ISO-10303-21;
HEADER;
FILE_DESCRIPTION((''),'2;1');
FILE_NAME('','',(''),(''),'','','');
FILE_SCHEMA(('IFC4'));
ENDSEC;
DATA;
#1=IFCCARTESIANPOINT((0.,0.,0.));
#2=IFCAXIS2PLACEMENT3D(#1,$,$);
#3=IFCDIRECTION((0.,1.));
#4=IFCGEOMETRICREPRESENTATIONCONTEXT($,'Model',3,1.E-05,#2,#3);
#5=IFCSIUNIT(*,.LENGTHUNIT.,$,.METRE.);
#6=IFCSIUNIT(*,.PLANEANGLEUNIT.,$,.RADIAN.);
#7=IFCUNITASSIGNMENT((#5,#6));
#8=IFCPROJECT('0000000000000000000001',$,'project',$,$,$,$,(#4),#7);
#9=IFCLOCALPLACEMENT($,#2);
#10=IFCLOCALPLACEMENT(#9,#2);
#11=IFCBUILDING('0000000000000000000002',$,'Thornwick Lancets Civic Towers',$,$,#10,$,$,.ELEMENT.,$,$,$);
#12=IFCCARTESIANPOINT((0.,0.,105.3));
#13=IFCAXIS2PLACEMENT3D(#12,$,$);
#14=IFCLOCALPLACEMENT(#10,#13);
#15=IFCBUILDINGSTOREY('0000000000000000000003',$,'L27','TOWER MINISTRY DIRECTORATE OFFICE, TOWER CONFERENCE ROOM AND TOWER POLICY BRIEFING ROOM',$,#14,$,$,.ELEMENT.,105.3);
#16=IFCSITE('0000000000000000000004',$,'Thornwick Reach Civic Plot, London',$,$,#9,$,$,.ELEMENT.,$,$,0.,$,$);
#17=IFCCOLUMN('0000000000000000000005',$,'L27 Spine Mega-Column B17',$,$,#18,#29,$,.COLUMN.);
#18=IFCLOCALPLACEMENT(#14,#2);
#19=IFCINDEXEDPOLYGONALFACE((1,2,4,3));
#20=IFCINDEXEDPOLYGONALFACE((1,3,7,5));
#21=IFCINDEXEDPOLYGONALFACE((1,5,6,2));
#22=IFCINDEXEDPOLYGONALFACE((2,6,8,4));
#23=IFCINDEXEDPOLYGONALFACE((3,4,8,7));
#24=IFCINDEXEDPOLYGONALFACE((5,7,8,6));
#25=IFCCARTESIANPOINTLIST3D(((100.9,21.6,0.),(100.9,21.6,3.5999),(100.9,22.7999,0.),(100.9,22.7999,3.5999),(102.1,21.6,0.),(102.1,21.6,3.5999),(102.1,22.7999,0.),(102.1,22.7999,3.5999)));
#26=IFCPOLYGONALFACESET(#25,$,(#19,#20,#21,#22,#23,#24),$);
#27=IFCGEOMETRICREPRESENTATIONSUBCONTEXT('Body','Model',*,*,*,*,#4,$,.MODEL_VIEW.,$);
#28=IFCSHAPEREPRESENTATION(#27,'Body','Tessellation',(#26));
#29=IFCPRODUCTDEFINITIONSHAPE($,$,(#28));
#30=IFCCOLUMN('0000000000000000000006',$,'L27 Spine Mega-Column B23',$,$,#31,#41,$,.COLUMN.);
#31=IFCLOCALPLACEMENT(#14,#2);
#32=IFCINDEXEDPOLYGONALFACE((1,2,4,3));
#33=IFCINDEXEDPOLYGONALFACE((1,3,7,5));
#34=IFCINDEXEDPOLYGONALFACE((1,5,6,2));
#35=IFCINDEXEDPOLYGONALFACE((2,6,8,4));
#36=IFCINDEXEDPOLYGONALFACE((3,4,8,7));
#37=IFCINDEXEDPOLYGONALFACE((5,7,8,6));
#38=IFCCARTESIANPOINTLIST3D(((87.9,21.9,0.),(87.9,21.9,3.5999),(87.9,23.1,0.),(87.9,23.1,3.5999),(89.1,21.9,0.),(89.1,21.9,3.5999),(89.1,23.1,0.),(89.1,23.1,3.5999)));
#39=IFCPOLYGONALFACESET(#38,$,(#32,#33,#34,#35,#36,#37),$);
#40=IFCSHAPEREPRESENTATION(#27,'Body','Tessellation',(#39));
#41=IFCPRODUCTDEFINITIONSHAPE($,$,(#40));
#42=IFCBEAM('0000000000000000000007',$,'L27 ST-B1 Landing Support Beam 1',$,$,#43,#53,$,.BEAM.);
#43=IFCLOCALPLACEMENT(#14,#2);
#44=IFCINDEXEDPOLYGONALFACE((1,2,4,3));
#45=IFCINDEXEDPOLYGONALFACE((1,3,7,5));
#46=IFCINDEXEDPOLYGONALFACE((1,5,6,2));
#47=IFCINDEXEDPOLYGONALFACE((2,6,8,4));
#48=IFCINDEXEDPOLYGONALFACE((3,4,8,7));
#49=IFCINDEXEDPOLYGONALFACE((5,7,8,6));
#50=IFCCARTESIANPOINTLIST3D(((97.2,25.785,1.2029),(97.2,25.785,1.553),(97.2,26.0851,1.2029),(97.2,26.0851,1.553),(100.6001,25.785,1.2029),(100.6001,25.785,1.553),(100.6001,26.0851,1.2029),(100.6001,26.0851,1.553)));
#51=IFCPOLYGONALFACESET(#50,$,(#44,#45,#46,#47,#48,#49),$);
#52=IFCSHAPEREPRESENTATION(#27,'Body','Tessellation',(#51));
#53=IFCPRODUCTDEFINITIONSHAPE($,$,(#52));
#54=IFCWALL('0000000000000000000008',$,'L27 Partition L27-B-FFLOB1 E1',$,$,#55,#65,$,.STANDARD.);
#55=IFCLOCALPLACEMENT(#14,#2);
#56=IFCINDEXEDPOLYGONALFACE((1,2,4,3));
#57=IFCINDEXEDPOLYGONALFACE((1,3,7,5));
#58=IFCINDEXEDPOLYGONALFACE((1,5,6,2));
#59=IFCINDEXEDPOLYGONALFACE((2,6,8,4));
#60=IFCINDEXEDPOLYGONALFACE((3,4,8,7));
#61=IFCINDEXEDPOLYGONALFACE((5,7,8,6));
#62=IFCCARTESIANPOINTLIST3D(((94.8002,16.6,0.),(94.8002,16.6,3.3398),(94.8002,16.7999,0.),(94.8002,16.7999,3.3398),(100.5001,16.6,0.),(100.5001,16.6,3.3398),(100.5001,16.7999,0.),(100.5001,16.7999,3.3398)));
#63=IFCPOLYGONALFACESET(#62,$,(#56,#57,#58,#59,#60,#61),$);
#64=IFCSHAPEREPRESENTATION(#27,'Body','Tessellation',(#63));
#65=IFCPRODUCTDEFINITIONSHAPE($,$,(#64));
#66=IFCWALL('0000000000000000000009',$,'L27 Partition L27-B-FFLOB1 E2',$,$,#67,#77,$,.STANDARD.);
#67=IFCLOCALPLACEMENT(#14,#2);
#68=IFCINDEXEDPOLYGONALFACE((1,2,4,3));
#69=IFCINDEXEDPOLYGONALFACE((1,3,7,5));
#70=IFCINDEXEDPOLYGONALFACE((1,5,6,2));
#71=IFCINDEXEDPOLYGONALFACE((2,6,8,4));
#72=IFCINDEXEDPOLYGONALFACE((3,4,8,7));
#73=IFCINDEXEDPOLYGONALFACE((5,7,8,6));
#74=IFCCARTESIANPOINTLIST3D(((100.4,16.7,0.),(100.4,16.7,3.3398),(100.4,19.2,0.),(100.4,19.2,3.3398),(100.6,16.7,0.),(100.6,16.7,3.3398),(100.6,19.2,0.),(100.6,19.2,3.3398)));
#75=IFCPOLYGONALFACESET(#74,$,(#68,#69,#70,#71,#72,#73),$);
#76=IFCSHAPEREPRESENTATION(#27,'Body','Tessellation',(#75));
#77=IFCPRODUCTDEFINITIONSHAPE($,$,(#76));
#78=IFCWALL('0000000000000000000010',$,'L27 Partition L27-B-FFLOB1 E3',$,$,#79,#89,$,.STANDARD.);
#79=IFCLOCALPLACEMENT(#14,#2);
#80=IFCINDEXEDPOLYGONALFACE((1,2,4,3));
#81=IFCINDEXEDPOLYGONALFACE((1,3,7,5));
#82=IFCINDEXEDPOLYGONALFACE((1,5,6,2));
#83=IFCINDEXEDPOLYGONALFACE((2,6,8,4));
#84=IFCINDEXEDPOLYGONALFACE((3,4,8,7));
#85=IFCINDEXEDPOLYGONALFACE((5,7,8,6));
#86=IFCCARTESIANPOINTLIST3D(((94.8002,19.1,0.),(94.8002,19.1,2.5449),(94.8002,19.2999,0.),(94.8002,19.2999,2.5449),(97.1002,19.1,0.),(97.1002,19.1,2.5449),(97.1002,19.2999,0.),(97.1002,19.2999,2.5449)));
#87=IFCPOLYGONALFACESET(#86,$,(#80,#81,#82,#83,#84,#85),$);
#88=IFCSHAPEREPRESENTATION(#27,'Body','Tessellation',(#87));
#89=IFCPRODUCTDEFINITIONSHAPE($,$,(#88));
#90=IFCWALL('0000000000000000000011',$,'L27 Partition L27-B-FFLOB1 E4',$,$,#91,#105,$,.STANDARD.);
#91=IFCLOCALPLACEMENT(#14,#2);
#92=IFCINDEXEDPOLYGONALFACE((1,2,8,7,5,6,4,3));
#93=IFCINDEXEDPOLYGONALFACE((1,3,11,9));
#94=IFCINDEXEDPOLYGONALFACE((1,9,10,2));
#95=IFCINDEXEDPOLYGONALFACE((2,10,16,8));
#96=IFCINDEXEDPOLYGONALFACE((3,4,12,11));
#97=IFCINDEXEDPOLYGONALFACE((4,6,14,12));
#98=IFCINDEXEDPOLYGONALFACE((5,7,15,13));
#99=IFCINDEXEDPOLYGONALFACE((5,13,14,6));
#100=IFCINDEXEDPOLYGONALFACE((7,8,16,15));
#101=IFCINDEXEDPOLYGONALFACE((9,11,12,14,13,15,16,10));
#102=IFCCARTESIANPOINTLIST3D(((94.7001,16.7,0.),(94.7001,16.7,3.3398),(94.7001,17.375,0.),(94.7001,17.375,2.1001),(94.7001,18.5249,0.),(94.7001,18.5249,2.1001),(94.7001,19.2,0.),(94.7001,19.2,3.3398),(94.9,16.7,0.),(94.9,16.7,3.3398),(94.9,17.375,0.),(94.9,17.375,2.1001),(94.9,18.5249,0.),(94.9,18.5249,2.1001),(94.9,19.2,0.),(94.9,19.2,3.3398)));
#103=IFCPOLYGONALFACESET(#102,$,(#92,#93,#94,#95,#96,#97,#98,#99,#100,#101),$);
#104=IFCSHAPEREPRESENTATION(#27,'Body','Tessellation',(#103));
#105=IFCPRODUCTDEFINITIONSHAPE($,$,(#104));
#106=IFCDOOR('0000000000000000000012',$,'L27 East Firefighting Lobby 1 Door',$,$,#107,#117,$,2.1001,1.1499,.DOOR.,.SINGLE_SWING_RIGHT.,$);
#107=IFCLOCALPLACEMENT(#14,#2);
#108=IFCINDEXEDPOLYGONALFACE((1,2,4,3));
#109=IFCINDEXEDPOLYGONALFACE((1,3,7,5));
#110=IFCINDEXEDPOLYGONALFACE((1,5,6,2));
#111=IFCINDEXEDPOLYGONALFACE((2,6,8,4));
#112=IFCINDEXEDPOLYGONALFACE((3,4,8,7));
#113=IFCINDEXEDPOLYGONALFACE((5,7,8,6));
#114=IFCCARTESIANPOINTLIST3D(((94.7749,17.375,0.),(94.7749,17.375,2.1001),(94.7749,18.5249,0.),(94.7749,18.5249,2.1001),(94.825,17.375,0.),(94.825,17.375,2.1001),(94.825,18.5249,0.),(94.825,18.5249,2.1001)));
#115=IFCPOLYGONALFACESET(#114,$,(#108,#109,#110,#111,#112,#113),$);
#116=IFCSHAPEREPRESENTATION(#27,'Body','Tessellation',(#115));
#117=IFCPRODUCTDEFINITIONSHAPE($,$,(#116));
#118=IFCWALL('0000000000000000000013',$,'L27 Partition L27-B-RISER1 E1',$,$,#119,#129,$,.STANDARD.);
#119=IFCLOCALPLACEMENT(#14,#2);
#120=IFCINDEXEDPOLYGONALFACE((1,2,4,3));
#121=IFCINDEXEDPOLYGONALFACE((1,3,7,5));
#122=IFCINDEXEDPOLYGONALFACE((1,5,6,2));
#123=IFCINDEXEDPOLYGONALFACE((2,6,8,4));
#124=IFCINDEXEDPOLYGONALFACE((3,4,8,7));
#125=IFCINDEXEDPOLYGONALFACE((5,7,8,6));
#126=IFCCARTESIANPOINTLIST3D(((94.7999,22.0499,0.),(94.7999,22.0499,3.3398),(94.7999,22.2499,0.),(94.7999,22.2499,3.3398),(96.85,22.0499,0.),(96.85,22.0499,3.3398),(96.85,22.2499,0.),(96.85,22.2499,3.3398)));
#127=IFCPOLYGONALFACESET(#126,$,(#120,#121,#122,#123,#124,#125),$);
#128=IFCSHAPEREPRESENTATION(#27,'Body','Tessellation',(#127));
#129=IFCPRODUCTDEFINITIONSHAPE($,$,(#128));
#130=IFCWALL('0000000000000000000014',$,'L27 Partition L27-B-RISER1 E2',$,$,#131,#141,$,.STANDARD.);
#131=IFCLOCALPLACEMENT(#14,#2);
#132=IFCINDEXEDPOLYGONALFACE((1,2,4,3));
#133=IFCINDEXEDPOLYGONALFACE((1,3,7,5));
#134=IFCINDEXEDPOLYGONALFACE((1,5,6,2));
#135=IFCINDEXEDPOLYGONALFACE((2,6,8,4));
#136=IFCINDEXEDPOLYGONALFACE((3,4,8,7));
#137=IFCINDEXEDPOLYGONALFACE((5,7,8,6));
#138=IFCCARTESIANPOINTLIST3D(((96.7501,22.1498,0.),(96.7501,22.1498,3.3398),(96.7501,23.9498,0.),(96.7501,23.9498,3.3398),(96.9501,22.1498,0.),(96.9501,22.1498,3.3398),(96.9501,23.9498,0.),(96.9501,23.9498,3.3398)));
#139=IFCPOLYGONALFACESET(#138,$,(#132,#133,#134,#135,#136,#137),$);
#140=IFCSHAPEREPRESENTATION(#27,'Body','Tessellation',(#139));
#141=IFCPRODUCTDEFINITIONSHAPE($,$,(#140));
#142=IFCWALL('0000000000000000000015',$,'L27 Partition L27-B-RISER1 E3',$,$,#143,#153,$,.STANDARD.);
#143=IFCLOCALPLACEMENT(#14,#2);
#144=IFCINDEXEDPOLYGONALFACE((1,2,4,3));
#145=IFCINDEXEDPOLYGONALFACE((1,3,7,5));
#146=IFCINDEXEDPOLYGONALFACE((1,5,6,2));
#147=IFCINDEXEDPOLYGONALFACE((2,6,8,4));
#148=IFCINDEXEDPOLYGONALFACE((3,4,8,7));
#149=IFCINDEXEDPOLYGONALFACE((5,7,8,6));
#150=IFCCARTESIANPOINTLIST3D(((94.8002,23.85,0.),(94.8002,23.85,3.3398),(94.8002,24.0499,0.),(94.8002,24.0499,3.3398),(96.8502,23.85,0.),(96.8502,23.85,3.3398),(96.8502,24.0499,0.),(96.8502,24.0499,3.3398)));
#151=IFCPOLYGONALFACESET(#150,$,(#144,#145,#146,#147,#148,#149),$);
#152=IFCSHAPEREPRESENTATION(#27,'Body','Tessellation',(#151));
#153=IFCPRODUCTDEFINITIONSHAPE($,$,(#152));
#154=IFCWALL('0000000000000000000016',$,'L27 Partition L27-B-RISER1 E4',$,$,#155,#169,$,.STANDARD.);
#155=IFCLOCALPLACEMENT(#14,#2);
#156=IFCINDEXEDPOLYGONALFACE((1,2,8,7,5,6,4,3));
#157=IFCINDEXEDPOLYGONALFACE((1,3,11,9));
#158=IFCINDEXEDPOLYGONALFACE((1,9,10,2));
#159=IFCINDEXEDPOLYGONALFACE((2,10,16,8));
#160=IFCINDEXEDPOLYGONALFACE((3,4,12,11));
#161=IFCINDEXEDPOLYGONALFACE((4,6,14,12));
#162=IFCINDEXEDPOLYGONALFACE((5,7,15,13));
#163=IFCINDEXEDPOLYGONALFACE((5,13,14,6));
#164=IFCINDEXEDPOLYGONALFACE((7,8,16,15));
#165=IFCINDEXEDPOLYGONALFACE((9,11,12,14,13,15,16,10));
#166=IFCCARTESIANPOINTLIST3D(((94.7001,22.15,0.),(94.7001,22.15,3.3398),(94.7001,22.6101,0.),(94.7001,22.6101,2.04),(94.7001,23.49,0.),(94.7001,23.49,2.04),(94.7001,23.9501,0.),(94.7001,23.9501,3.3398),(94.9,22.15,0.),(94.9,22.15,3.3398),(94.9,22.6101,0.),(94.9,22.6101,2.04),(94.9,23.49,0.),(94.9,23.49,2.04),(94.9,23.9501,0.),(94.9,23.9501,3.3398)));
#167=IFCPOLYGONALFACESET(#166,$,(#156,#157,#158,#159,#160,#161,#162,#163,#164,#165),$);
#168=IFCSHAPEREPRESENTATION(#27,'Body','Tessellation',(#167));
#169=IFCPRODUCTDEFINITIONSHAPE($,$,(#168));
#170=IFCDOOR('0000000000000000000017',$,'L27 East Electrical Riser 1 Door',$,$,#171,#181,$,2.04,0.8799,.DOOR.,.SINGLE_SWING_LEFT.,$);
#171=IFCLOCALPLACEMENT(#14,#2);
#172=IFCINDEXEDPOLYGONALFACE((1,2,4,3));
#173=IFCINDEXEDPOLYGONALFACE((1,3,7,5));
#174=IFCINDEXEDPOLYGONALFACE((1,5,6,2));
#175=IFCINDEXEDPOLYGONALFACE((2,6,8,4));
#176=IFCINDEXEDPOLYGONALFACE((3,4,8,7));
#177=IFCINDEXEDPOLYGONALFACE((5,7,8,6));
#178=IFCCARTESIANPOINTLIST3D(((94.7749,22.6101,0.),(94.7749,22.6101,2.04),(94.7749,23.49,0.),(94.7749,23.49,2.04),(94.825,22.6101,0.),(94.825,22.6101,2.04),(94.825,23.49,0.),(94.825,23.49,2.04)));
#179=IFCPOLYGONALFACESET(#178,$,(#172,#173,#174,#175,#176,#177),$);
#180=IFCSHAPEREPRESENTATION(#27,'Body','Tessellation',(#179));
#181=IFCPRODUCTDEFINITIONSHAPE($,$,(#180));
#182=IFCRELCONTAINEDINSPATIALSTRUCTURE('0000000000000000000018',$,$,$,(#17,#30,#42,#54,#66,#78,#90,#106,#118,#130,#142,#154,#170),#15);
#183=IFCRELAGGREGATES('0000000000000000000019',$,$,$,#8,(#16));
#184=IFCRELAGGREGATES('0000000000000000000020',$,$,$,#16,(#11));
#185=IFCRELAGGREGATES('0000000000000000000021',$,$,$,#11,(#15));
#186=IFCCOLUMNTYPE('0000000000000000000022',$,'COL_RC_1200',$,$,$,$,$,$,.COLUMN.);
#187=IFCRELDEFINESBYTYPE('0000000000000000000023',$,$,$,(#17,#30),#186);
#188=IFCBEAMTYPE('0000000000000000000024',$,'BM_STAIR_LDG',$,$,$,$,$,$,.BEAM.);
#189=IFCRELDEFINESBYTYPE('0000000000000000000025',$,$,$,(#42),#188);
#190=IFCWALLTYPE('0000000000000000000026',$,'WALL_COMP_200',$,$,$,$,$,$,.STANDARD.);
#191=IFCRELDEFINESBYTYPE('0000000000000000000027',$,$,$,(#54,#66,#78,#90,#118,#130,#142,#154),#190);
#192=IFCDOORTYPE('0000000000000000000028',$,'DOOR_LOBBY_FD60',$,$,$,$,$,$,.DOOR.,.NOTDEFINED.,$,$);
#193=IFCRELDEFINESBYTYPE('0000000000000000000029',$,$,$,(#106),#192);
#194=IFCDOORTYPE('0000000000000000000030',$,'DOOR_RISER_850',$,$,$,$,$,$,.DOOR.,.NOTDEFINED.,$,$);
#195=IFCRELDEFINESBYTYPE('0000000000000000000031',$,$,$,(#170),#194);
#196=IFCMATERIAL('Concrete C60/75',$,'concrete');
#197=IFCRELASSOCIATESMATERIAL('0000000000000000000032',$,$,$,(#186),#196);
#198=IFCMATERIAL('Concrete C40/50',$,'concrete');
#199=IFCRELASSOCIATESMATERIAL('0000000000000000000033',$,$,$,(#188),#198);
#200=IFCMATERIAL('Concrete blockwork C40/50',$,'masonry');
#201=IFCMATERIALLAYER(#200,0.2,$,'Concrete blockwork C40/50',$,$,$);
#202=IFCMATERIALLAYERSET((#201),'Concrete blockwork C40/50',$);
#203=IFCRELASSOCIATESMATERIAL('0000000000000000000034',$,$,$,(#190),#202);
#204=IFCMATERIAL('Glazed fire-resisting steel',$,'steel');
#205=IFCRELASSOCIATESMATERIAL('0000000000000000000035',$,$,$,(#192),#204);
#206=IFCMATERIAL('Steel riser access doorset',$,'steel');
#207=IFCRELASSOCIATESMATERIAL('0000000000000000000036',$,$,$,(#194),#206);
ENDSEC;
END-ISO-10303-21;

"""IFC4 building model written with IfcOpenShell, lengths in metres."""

from ifc_helpers import new_model, si_unit, direction, frame, frame_2d, origin, origin_2d, place, context, subcontext, project, spatial, rectangle, extrude, material, layer, layer_set, material_profile, profile_set, type_object, element, fill, save


model = new_model("IFC4")

# Units and contexts
model_context = context("Model", 3, precision=1e-05, world=origin(), true_north=direction((0.0, 1.0)))
body_context = subcontext(model_context, "Body", "Model", "MODEL_VIEW")
ifc_project = project(units=[si_unit("LENGTHUNIT", "METRE"), si_unit("PLANEANGLEUNIT", "RADIAN")], contexts=[model_context])

# Site, building, storey
site_placement = place(None, origin())
site = spatial("IfcSite", under=ifc_project, at=site_placement, Name="Thornwick Reach Civic Plot, London", CompositionType="ELEMENT", RefElevation=0.0)
building_placement = place(site_placement, origin())
building = spatial("IfcBuilding", under=site, at=building_placement, Name="Thornwick Lancets Civic Towers", CompositionType="ELEMENT")
storey_placement = place(building_placement, frame((0.0, 0.0, 105.3)))
storey = spatial("IfcBuildingStorey", under=building, at=storey_placement, Name="L27", Description="TOWER MINISTRY DIRECTORATE OFFICE, TOWER CONFERENCE ROOM AND TOWER POLICY BRIEFING ROOM", CompositionType="ELEMENT", Elevation=105.3)

# Columns
ifc_material_1 = material(Name="Concrete C60/75", Category="concrete")
ifc_material_profile_1 = material_profile(ifc_material_1, rectangle(XDim=1.2, YDim=1.2, at=origin_2d()), Name="RC 1200x1200")
ifc_profile_set_1 = profile_set([ifc_material_profile_1], Name="Concrete C60/75")
column_type = type_object("IfcColumnType", Name="COL_RC_1200", PredefinedType="COLUMN", material=ifc_profile_set_1)
for number, where, z_axis, x_axis, name in (
    (1, (101.5, 22.2, 0.0), (0.0, 0.0, 1.0), (1.0, 0.0, 0.0), "L27 Spine Mega-Column B17"),
    (2, (88.5, 22.5, 0.0), (0.0, 0.0, 1.0), (1.0, 0.0, 0.0), "L27 Spine Mega-Column B23"),
):
    element("IfcColumn", number, at=place(storey_placement, frame(where, z_axis=z_axis, x_axis=x_axis)), inside=storey, type_object=column_type, Name=name, PredefinedType="COLUMN", context=body_context, shape_type="SweptSolid", body=[
        extrude(rectangle(XDim=1.2, YDim=1.2, at=origin_2d()), origin(), (0.0, 0.0, 1.0), 3.5999),
    ])

# Beam
ifc_material_2 = material(Name="Concrete C40/50", Category="concrete")
ifc_material_profile_2 = material_profile(ifc_material_2, rectangle(XDim=0.3, YDim=0.3501, at=origin_2d()), Name="RC 300x350")
ifc_profile_set_2 = profile_set([ifc_material_profile_2], Name="Concrete C40/50")
beam_type = type_object("IfcBeamType", Name="BM_STAIR_LDG", PredefinedType="BEAM", material=ifc_profile_set_2)
beam_placement = place(storey_placement, frame((100.6001, 25.9351, 1.3779), z_axis=(-1.0, 0.0, 0.0), x_axis=(0.0, -1.0, 0.0)))
element("IfcBeam", 3, at=beam_placement, inside=storey, type_object=beam_type, Name="L27 ST-B1 Landing Support Beam 1", PredefinedType="BEAM", context=body_context, shape_type="SweptSolid", body=[
    extrude(rectangle(XDim=0.3, YDim=0.3501, at=origin_2d()), origin(), (0.0, 0.0, 1.0), 3.4001),
])

# Walls
ifc_material_3 = material(Name="Concrete blockwork C40/50", Category="masonry")
ifc_layer_1 = layer(ifc_material_3, 0.2, Name="Concrete blockwork C40/50")
ifc_layer_set_1 = layer_set([ifc_layer_1], Name="Concrete blockwork C40/50")
wall_type_1 = type_object("IfcWallType", Name="WALL_COMP_200", PredefinedType="STANDARD", material=ifc_layer_set_1)
wall_1_placement = place(storey_placement, frame((94.8, 16.7, 0.0), z_axis=(0.0, 0.0, 1.0), x_axis=(1.0, 0.0, 0.0)))
element("IfcWall", 4, at=wall_1_placement, inside=storey, type_object=wall_type_1, Name="L27 Partition L27-B-FFLOB1 E1", PredefinedType="STANDARD", context=body_context, shape_type="SweptSolid", body=[
    extrude(rectangle(XDim=5.7, YDim=0.2, at=frame_2d((2.8501, 0.0))), origin(), (0.0, 0.0, 1.0), 3.3398),
])
wall_2_placement = place(storey_placement, frame((100.5, 16.7, 0.0), z_axis=(0.0, 0.0, 1.0), x_axis=(0.0, 1.0, 0.0)))
element("IfcWall", 5, at=wall_2_placement, inside=storey, type_object=wall_type_1, Name="L27 Partition L27-B-FFLOB1 E2", PredefinedType="STANDARD", context=body_context, shape_type="SweptSolid", body=[
    extrude(rectangle(XDim=2.5, YDim=0.2, at=frame_2d((1.25, 0.0))), origin(), (0.0, 0.0, 1.0), 3.3398),
])
wall_3_placement = place(storey_placement, frame((97.1001, 19.2, 0.0), z_axis=(0.0, 0.0, 1.0), x_axis=(-1.0, 0.0, 0.0)))
element("IfcWall", 6, at=wall_3_placement, inside=storey, type_object=wall_type_1, Name="L27 Partition L27-B-FFLOB1 E3", PredefinedType="STANDARD", context=body_context, shape_type="SweptSolid", body=[
    extrude(rectangle(XDim=2.3, YDim=0.2, at=frame_2d((1.1499, 0.0))), origin(), (0.0, 0.0, 1.0), 2.5449),
])

# Wall, opening, door
wall_4_placement = place(storey_placement, frame((94.8, 19.2, 0.0), z_axis=(0.0, 0.0, 1.0), x_axis=(0.0, -1.0, 0.0)))
wall_4 = element("IfcWall", 7, at=wall_4_placement, inside=storey, type_object=wall_type_1, Name="L27 Partition L27-B-FFLOB1 E4", PredefinedType="STANDARD", context=body_context, shape_type="SweptSolid", body=[
    extrude(rectangle(XDim=2.5, YDim=0.2, at=frame_2d((1.25, 0.0))), origin(), (0.0, 0.0, 1.0), 3.3398),
])
opening_1_placement = place(wall_4_placement, frame((0.675, 0.0, 0.0)))
opening_1 = element("IfcOpeningElement", 8, at=opening_1_placement, cuts=wall_4, PredefinedType="OPENING", context=body_context, shape_type="SweptSolid", body=[
    extrude(rectangle(XDim=1.1499, YDim=2.1001, at=frame_2d((0.575, 1.05))), frame((0.0, 0.1099, 0.0), z_axis=(0.0, -1.0, 0.0), x_axis=(1.0, 0.0, 0.0)), (0.0, 0.0, 1.0), 0.22),
])
ifc_material_4 = material(Name="Glazed fire-resisting steel", Category="steel")
door_type_1 = type_object("IfcDoorType", Name="DOOR_LOBBY_FD60", OperationType="NOTDEFINED", PredefinedType="DOOR", material=ifc_material_4)
door_1_placement = place(opening_1_placement, origin())
door_1 = element("IfcDoor", 9, at=door_1_placement, inside=storey, type_object=door_type_1, Name="L27 East Firefighting Lobby 1 Door", OperationType="SINGLE_SWING_RIGHT", OverallHeight=2.1001, OverallWidth=1.1499, PredefinedType="DOOR", context=body_context, shape_type="SweptSolid", body=[
    extrude(rectangle(XDim=1.1499, YDim=2.1001, at=frame_2d((0.575, 1.05))), frame((0.0, 0.0249, 0.0), z_axis=(0.0, -1.0, 0.0), x_axis=(1.0, 0.0, 0.0)), (0.0, 0.0, 1.0), 0.05),
])
fill(opening_1, door_1)

# Walls
wall_5_placement = place(storey_placement, frame((94.8, 22.1499, 0.0), z_axis=(0.0, 0.0, 1.0), x_axis=(1.0, 0.0, 0.0)))
element("IfcWall", 10, at=wall_5_placement, inside=storey, type_object=wall_type_1, Name="L27 Partition L27-B-RISER1 E1", PredefinedType="STANDARD", context=body_context, shape_type="SweptSolid", body=[
    extrude(rectangle(XDim=2.05, YDim=0.2, at=frame_2d((1.0249, 0.0))), origin(), (0.0, 0.0, 1.0), 3.3398),
])
wall_6_placement = place(storey_placement, frame((96.8501, 22.1499, 0.0), z_axis=(0.0, 0.0, 1.0), x_axis=(0.0, 1.0, 0.0)))
element("IfcWall", 11, at=wall_6_placement, inside=storey, type_object=wall_type_1, Name="L27 Partition L27-B-RISER1 E2", PredefinedType="STANDARD", context=body_context, shape_type="SweptSolid", body=[
    extrude(rectangle(XDim=1.8, YDim=0.2, at=frame_2d((0.8999, 0.0))), origin(), (0.0, 0.0, 1.0), 3.3398),
])
wall_7_placement = place(storey_placement, frame((96.8501, 23.95, 0.0), z_axis=(0.0, 0.0, 1.0), x_axis=(-1.0, 0.0, 0.0)))
element("IfcWall", 12, at=wall_7_placement, inside=storey, type_object=wall_type_1, Name="L27 Partition L27-B-RISER1 E3", PredefinedType="STANDARD", context=body_context, shape_type="SweptSolid", body=[
    extrude(rectangle(XDim=2.05, YDim=0.2, at=frame_2d((1.0249, 0.0))), origin(), (0.0, 0.0, 1.0), 3.3398),
])

# Wall, opening, door
wall_8_placement = place(storey_placement, frame((94.8, 23.95, 0.0), z_axis=(0.0, 0.0, 1.0), x_axis=(0.0, -1.0, 0.0)))
wall_8 = element("IfcWall", 13, at=wall_8_placement, inside=storey, type_object=wall_type_1, Name="L27 Partition L27-B-RISER1 E4", PredefinedType="STANDARD", context=body_context, shape_type="SweptSolid", body=[
    extrude(rectangle(XDim=1.8, YDim=0.2, at=frame_2d((0.8999, 0.0))), origin(), (0.0, 0.0, 1.0), 3.3398),
])
opening_2_placement = place(wall_8_placement, frame((0.46, 0.0, 0.0)))
opening_2 = element("IfcOpeningElement", 14, at=opening_2_placement, cuts=wall_8, PredefinedType="OPENING", context=body_context, shape_type="SweptSolid", body=[
    extrude(rectangle(XDim=0.8799, YDim=2.04, at=frame_2d((0.4399, 1.02))), frame((0.0, 0.1099, 0.0), z_axis=(0.0, -1.0, 0.0), x_axis=(1.0, 0.0, 0.0)), (0.0, 0.0, 1.0), 0.22),
])
ifc_material_5 = material(Name="Steel riser access doorset", Category="steel")
door_type_2 = type_object("IfcDoorType", Name="DOOR_RISER_850", OperationType="NOTDEFINED", PredefinedType="DOOR", material=ifc_material_5)
door_2_placement = place(opening_2_placement, origin())
door_2 = element("IfcDoor", 15, at=door_2_placement, inside=storey, type_object=door_type_2, Name="L27 East Electrical Riser 1 Door", OperationType="SINGLE_SWING_LEFT", OverallHeight=2.04, OverallWidth=0.8799, PredefinedType="DOOR", context=body_context, shape_type="SweptSolid", body=[
    extrude(rectangle(XDim=0.8799, YDim=2.04, at=frame_2d((0.4399, 1.02))), frame((0.0, 0.0249, 0.0), z_axis=(0.0, -1.0, 0.0), x_axis=(1.0, 0.0, 0.0)), (0.0, 0.0, 1.0), 0.05),
])
fill(opening_2, door_2)

save(model, "model.ifc")
